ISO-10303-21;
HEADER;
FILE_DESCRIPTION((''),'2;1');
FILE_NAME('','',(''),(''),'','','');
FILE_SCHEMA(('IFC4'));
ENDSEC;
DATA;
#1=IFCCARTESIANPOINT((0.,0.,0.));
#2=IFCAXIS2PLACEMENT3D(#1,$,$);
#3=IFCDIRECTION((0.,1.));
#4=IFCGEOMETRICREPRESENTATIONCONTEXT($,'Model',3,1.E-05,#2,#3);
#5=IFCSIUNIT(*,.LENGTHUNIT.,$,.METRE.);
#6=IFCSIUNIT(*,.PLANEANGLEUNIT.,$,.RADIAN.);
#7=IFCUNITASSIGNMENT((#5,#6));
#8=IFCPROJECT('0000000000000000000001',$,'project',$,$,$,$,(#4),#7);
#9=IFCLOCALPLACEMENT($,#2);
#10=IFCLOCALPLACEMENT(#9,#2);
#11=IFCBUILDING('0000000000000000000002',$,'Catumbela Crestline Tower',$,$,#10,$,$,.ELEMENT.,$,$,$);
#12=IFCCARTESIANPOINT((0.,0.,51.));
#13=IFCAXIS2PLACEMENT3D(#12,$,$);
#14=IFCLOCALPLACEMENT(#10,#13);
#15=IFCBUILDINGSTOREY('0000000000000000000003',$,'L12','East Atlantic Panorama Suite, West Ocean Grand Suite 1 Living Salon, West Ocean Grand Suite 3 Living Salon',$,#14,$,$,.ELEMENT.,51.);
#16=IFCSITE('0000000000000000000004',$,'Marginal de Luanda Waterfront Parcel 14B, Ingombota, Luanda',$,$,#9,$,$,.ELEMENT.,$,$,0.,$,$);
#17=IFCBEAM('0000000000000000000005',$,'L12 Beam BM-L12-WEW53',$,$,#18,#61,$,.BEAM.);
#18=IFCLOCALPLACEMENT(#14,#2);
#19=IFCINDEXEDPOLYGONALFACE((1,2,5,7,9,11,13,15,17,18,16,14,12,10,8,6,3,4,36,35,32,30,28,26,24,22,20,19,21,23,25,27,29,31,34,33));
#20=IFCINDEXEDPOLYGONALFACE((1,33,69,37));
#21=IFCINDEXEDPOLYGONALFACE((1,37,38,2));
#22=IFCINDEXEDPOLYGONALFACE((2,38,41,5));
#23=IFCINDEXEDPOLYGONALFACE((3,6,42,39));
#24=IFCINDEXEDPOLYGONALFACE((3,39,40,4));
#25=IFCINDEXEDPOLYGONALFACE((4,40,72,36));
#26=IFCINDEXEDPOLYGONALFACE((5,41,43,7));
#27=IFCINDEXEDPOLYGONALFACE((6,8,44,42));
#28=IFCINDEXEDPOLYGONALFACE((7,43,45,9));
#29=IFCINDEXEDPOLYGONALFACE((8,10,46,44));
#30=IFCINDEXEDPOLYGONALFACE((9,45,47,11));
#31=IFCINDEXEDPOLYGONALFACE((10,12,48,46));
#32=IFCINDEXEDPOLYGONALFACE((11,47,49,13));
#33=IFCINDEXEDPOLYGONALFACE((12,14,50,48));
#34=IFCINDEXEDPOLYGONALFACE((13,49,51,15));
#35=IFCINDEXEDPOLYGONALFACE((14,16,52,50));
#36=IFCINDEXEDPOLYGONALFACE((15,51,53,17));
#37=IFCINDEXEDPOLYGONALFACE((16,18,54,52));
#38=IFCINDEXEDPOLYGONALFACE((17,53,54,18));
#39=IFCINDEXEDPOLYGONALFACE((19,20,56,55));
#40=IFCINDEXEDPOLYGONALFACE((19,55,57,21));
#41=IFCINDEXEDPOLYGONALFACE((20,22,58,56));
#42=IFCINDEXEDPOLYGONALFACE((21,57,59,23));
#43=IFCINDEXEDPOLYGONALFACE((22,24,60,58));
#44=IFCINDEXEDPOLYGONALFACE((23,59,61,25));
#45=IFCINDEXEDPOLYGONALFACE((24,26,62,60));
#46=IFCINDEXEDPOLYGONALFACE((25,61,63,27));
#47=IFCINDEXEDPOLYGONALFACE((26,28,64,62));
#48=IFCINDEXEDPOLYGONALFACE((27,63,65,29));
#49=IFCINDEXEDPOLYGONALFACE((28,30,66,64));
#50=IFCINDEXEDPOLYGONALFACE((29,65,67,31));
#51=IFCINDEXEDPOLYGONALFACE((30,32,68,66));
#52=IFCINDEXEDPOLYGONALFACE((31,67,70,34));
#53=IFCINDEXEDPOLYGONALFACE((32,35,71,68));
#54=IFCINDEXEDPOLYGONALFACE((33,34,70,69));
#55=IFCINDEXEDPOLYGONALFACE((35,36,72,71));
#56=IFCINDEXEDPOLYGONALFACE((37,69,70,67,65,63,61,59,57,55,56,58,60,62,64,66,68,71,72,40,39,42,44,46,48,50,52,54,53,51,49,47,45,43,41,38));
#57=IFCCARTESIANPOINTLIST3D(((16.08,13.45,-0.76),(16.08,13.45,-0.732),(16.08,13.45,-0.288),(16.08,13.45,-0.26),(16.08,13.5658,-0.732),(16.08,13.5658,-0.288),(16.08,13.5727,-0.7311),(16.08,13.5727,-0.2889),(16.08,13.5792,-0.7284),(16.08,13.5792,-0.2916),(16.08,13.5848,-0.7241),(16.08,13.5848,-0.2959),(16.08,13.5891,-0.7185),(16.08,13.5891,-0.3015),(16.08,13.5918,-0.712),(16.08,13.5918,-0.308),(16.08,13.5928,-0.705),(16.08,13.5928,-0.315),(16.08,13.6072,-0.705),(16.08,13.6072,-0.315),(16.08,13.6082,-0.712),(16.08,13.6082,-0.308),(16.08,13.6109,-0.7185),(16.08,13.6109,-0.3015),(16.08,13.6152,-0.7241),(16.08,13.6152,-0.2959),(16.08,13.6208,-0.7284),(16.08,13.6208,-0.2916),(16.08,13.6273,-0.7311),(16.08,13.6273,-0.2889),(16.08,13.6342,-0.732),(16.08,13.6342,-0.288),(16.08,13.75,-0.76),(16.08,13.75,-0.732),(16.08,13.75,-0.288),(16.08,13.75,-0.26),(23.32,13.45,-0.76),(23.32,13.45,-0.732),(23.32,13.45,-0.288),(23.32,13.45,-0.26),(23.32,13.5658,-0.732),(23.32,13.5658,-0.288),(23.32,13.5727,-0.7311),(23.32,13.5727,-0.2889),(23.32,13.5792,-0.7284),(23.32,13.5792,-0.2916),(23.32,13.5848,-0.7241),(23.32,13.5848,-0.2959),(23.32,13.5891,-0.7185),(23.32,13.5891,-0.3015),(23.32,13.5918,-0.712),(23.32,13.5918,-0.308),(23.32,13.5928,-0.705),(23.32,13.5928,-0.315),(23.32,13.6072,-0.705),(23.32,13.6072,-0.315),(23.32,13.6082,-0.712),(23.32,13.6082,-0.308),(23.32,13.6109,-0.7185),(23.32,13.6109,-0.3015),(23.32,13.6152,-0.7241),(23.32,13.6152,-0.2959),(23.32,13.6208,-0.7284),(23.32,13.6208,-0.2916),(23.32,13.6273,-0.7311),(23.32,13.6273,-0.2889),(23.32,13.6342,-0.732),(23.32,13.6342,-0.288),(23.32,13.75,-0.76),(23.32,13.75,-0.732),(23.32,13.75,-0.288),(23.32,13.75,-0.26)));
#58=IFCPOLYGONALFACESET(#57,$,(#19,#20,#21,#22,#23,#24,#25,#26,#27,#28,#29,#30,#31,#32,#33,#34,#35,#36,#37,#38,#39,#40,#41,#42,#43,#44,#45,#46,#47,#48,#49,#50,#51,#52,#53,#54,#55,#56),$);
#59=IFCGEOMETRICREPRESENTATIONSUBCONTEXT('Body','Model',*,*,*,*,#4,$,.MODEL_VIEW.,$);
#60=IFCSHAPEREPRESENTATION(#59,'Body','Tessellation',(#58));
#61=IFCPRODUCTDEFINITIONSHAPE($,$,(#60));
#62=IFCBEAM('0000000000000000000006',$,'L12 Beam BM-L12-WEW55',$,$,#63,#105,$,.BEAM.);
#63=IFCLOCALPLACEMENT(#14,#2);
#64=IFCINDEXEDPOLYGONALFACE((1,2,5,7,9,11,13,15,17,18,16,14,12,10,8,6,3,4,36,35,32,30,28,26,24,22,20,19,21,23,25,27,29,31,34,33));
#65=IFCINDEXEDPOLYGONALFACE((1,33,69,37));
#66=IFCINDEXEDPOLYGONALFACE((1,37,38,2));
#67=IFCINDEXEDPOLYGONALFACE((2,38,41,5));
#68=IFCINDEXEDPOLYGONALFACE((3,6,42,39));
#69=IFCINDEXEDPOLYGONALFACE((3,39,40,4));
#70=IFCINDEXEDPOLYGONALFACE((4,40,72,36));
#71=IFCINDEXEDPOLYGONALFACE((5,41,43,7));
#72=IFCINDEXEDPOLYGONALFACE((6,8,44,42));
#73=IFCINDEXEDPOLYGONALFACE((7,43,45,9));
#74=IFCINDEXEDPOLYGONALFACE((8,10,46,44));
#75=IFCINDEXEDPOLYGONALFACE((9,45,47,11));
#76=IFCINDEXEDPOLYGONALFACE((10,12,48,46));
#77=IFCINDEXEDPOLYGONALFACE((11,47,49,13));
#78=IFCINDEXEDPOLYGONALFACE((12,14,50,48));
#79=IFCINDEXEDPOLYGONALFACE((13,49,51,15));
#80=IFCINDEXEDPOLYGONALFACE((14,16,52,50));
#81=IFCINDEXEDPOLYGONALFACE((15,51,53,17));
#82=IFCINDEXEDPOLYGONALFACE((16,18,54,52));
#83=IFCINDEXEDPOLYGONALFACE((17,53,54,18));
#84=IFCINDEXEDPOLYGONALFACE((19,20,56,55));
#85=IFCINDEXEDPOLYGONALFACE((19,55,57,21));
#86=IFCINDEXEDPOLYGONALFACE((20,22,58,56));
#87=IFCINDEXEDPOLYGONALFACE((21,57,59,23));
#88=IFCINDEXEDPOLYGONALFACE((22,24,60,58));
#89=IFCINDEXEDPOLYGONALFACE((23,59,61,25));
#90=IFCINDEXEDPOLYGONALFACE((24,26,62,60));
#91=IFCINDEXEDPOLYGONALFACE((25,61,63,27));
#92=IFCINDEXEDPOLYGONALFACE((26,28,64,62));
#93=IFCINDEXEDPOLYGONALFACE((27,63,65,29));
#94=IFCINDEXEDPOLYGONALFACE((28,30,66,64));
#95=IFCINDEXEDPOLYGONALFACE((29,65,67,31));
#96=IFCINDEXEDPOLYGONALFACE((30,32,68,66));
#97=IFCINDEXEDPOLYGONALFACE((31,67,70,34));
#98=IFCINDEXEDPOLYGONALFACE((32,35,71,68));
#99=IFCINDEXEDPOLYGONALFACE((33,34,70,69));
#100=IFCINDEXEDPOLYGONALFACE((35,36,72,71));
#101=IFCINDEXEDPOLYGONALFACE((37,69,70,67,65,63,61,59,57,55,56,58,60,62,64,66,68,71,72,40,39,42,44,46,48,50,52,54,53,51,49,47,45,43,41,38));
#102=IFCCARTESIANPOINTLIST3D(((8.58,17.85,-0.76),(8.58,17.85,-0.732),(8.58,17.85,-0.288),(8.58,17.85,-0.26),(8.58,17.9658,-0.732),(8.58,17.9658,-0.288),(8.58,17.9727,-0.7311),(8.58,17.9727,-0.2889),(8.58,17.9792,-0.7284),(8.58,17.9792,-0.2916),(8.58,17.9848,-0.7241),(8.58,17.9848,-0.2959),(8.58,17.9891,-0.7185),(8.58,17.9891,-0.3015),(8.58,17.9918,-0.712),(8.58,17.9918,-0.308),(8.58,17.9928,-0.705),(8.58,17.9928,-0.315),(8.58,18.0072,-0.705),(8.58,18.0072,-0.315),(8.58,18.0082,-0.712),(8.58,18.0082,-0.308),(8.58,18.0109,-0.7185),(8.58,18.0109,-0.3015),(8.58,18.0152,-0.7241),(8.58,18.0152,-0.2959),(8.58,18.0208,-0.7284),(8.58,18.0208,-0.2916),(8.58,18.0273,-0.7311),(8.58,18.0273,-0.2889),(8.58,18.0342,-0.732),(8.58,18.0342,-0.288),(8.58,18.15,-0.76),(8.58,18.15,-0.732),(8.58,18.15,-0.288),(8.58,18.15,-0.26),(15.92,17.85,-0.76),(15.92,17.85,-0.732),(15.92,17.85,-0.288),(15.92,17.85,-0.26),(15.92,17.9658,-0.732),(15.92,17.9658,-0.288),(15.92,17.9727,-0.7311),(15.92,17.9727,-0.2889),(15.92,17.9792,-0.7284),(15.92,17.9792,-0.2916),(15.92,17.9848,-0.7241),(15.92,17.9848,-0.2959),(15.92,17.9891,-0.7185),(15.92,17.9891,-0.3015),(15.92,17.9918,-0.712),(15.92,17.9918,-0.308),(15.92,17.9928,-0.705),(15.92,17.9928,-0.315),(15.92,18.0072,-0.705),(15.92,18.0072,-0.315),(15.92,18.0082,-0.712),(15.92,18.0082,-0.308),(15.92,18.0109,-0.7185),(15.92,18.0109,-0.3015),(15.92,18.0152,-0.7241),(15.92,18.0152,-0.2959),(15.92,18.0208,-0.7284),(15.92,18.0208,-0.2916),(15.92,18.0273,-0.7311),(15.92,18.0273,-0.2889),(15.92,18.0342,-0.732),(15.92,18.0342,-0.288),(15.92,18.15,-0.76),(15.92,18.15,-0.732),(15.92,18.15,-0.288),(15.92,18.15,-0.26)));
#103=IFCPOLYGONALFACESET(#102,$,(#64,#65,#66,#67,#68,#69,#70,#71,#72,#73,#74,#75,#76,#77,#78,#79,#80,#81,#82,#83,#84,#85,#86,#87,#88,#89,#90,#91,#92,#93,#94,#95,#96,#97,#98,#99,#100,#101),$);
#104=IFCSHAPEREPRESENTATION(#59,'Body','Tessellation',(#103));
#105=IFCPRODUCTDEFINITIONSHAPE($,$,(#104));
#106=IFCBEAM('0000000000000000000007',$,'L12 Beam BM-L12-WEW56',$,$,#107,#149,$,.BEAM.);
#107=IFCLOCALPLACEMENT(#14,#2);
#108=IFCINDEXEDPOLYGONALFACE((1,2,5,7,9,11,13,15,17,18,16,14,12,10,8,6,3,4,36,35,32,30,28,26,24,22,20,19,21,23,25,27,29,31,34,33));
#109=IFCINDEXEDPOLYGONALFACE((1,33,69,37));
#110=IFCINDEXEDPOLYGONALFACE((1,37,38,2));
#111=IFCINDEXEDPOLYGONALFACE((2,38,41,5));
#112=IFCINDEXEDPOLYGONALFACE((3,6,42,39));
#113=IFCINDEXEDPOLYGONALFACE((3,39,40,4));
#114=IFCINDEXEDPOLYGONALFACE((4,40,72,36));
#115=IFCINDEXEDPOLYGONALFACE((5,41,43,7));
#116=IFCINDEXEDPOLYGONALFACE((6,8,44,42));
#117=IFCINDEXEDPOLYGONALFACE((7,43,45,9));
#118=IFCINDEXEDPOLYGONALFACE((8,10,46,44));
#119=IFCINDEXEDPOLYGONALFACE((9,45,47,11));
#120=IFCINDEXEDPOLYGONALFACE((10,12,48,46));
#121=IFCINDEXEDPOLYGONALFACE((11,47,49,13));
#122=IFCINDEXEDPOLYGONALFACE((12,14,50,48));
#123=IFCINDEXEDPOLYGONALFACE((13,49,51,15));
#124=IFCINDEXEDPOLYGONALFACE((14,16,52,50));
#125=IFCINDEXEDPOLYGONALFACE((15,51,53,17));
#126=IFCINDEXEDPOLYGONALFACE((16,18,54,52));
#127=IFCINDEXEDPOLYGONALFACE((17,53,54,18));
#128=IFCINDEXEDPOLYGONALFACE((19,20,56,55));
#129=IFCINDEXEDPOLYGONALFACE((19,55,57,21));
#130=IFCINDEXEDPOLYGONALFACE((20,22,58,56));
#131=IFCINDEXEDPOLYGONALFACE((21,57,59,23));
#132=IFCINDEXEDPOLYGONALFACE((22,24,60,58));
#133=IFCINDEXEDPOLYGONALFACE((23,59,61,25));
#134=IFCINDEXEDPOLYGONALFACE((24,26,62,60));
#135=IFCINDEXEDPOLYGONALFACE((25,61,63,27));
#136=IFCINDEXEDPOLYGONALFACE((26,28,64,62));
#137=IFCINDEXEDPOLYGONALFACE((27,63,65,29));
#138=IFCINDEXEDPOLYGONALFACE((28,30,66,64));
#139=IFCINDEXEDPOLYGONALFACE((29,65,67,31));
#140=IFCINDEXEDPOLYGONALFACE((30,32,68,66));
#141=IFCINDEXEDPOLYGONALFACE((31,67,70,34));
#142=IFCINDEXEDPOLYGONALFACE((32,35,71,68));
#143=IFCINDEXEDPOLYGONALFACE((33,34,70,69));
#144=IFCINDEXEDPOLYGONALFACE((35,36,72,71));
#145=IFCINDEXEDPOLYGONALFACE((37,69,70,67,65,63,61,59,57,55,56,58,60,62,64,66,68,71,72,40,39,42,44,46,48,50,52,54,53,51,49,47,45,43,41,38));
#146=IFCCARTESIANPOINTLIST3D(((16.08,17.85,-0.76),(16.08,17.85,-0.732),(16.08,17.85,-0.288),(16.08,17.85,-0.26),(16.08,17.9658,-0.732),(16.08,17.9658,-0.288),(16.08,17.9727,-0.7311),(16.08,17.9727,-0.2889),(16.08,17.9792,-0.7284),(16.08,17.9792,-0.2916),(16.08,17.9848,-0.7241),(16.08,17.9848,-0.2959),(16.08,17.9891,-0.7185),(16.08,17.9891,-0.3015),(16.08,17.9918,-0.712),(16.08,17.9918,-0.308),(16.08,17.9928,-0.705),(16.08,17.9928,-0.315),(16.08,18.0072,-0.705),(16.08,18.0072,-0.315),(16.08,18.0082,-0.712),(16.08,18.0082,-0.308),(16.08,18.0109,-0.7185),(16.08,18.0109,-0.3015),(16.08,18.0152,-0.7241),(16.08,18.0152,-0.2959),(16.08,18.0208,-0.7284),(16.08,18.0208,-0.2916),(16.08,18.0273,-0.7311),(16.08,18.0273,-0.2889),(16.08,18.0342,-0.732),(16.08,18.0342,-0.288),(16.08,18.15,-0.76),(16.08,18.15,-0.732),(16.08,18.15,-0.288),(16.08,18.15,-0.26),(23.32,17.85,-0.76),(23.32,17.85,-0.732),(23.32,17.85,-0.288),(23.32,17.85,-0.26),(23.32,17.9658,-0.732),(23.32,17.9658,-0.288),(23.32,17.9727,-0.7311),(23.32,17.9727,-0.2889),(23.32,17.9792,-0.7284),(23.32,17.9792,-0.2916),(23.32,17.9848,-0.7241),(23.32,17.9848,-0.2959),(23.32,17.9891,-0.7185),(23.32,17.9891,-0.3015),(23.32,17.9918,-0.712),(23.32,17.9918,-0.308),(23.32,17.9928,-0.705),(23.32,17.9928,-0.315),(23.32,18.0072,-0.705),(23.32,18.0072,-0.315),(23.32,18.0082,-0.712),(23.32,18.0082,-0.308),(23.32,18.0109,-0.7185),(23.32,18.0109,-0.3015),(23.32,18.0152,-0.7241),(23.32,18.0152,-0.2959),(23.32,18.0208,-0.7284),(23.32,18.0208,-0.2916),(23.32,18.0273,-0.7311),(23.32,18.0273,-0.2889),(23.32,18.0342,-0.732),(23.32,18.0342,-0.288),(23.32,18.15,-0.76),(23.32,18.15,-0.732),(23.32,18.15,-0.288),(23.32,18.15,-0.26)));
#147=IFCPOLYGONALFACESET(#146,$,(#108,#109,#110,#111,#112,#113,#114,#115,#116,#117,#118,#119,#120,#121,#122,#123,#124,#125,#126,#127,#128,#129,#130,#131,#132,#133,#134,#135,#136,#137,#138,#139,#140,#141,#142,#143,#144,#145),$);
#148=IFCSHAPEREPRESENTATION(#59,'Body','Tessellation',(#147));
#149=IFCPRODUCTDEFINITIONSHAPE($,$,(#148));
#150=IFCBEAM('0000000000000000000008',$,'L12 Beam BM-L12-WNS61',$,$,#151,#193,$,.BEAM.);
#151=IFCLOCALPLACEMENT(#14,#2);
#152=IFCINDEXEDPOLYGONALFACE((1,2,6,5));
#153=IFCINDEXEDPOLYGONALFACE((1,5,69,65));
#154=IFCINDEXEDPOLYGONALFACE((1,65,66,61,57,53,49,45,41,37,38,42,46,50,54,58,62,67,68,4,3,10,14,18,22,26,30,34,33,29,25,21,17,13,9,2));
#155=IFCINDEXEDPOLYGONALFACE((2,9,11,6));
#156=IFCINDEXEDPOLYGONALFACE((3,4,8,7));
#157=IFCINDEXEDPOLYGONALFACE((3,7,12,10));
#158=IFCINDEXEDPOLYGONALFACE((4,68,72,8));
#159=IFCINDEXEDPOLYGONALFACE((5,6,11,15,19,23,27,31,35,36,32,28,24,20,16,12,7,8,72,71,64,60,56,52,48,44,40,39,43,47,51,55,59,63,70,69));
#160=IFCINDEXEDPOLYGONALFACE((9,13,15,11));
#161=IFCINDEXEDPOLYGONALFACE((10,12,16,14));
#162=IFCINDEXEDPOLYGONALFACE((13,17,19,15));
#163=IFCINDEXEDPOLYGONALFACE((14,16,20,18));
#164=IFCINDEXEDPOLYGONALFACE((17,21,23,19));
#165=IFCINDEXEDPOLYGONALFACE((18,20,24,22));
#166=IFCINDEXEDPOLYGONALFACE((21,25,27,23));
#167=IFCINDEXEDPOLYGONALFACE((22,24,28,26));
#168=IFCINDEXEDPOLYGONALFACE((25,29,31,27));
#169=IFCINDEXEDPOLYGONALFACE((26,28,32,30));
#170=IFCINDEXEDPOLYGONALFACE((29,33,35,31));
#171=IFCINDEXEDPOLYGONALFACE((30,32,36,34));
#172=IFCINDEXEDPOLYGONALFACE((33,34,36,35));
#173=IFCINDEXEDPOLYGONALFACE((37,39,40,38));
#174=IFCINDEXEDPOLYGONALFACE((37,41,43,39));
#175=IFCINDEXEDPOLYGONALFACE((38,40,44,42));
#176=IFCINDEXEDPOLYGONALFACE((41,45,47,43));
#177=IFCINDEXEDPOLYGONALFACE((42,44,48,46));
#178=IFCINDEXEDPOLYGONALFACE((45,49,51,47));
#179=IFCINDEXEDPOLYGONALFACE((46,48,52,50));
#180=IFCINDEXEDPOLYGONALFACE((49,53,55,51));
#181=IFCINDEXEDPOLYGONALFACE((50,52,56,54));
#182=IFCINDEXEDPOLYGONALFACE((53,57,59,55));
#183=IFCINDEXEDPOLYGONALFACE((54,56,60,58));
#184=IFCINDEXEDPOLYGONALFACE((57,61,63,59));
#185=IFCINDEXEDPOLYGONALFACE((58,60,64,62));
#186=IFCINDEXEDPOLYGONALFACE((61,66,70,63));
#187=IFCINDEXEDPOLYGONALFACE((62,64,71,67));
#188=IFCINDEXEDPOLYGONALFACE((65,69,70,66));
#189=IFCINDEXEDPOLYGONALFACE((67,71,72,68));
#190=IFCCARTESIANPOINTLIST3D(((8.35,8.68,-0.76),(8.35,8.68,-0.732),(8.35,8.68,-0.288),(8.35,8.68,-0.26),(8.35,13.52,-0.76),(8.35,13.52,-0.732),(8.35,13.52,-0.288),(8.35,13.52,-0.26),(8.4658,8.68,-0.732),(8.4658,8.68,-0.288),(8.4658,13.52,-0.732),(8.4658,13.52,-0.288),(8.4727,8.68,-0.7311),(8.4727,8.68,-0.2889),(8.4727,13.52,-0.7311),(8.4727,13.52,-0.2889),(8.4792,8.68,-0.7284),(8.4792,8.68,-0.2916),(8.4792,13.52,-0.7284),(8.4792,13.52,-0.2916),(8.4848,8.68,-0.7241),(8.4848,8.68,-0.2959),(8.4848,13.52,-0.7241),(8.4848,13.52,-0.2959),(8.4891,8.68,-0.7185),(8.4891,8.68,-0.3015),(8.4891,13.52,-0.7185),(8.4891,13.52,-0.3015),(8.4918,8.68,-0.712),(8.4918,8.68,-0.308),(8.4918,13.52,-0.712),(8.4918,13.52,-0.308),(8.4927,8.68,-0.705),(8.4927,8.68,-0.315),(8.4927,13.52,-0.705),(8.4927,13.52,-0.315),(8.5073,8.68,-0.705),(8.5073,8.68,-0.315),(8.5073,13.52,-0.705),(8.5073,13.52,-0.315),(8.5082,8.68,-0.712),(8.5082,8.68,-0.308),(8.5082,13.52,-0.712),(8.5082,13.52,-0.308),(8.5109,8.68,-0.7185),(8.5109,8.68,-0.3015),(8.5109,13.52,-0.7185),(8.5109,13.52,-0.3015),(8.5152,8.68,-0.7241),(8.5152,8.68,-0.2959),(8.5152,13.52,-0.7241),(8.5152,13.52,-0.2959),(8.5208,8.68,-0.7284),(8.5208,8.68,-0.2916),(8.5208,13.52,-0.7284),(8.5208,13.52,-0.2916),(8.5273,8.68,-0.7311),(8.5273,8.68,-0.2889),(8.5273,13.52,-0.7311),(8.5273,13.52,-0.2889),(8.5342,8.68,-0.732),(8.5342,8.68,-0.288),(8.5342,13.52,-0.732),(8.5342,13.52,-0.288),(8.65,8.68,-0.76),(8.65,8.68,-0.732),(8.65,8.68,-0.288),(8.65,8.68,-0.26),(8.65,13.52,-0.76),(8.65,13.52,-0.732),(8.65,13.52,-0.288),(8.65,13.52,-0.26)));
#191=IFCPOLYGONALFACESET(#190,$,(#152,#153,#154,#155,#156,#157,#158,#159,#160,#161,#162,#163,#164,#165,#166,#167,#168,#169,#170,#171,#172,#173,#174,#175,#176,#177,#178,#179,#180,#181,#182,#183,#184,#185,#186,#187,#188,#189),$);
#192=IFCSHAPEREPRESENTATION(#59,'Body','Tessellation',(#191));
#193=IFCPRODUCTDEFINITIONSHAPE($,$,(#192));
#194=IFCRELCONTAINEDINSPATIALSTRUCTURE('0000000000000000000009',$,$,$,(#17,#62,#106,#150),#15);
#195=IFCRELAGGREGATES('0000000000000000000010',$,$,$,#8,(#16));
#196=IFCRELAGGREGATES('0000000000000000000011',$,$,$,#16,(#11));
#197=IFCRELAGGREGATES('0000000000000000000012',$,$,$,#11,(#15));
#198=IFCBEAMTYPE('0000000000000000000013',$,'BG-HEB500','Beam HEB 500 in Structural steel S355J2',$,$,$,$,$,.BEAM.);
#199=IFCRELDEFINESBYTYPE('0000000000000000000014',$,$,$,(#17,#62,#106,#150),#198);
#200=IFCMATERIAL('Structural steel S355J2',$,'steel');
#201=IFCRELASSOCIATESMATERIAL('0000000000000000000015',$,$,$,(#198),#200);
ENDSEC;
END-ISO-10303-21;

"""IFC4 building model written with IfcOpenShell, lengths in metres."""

from ifc_helpers import new_model, si_unit, direction, frame, origin, origin_2d, place, context, subcontext, project, spatial, i_section, extrude, material, material_profile, profile_set, type_object, element, save


model = new_model("IFC4")

# Units and contexts
model_context = context("Model", 3, precision=1e-05, world=origin(), true_north=direction((0.0, 1.0)))
body_context = subcontext(model_context, "Body", "Model", "MODEL_VIEW")
ifc_project = project(units=[si_unit("LENGTHUNIT", "METRE"), si_unit("PLANEANGLEUNIT", "RADIAN")], contexts=[model_context])

# Site, building, storey
site_placement = place(None, origin())
site = spatial("IfcSite", under=ifc_project, at=site_placement, Name="Marginal de Luanda Waterfront Parcel 14B, Ingombota, Luanda", CompositionType="ELEMENT", RefElevation=0.0)
building_placement = place(site_placement, origin())
building = spatial("IfcBuilding", under=site, at=building_placement, Name="Catumbela Crestline Tower", CompositionType="ELEMENT")
storey_placement = place(building_placement, frame((0.0, 0.0, 51.0)))
storey = spatial("IfcBuildingStorey", under=building, at=storey_placement, Name="L12", Description="East Atlantic Panorama Suite, West Ocean Grand Suite 1 Living Salon, West Ocean Grand Suite 3 Living Salon", CompositionType="ELEMENT", Elevation=51.0)

# Beams
ifc_material_1 = material(Name="Structural steel S355J2", Category="steel")
ifc_material_profile_1 = material_profile(ifc_material_1, i_section(OverallWidth=0.3, OverallDepth=0.5, WebThickness=0.0145, FlangeThickness=0.028, FilletRadius=0.027, at=origin_2d()), Name="HEB 500")
ifc_profile_set_1 = profile_set([ifc_material_profile_1], Name="Structural steel S355J2")
beam_type_1 = type_object("IfcBeamType", Name="BG-HEB500", Description="Beam HEB 500 in Structural steel S355J2", PredefinedType="BEAM", material=ifc_profile_set_1)
beam_1_placement = place(storey_placement, frame((16.08, 13.6, -0.51), z_axis=(1.0, 0.0, 0.0), x_axis=(0.0, 1.0, 0.0)))
element("IfcBeam", 1, at=beam_1_placement, inside=storey, type_object=beam_type_1, Name="L12 Beam BM-L12-WEW53", PredefinedType="BEAM", context=body_context, shape_type="SweptSolid", body=[
    extrude(i_section(OverallWidth=0.3, OverallDepth=0.5, WebThickness=0.0145, FlangeThickness=0.028, FilletRadius=0.027, at=origin_2d()), origin(), (0.0, 0.0, 1.0), 7.24),
])
beam_2_placement = place(storey_placement, frame((8.58, 18.0, -0.51), z_axis=(1.0, 0.0, 0.0), x_axis=(0.0, 1.0, 0.0)))
element("IfcBeam", 2, at=beam_2_placement, inside=storey, type_object=beam_type_1, Name="L12 Beam BM-L12-WEW55", PredefinedType="BEAM", context=body_context, shape_type="SweptSolid", body=[
    extrude(i_section(OverallWidth=0.3, OverallDepth=0.5, WebThickness=0.0145, FlangeThickness=0.028, FilletRadius=0.027, at=origin_2d()), origin(), (0.0, 0.0, 1.0), 7.34),
])
beam_3_placement = place(storey_placement, frame((16.08, 18.0, -0.51), z_axis=(1.0, 0.0, 0.0), x_axis=(0.0, 1.0, 0.0)))
element("IfcBeam", 3, at=beam_3_placement, inside=storey, type_object=beam_type_1, Name="L12 Beam BM-L12-WEW56", PredefinedType="BEAM", context=body_context, shape_type="SweptSolid", body=[
    extrude(i_section(OverallWidth=0.3, OverallDepth=0.5, WebThickness=0.0145, FlangeThickness=0.028, FilletRadius=0.027, at=origin_2d()), origin(), (0.0, 0.0, 1.0), 7.24),
])
beam_4_placement = place(storey_placement, frame((8.5, 8.68, -0.51), z_axis=(0.0, 1.0, 0.0), x_axis=(-1.0, 0.0, 0.0)))
element("IfcBeam", 4, at=beam_4_placement, inside=storey, type_object=beam_type_1, Name="L12 Beam BM-L12-WNS61", PredefinedType="BEAM", context=body_context, shape_type="SweptSolid", body=[
    extrude(i_section(OverallWidth=0.3, OverallDepth=0.5, WebThickness=0.0145, FlangeThickness=0.028, FilletRadius=0.027, at=origin_2d()), origin(), (0.0, 0.0, 1.0), 4.84),
])

save(model, "model.ifc")
